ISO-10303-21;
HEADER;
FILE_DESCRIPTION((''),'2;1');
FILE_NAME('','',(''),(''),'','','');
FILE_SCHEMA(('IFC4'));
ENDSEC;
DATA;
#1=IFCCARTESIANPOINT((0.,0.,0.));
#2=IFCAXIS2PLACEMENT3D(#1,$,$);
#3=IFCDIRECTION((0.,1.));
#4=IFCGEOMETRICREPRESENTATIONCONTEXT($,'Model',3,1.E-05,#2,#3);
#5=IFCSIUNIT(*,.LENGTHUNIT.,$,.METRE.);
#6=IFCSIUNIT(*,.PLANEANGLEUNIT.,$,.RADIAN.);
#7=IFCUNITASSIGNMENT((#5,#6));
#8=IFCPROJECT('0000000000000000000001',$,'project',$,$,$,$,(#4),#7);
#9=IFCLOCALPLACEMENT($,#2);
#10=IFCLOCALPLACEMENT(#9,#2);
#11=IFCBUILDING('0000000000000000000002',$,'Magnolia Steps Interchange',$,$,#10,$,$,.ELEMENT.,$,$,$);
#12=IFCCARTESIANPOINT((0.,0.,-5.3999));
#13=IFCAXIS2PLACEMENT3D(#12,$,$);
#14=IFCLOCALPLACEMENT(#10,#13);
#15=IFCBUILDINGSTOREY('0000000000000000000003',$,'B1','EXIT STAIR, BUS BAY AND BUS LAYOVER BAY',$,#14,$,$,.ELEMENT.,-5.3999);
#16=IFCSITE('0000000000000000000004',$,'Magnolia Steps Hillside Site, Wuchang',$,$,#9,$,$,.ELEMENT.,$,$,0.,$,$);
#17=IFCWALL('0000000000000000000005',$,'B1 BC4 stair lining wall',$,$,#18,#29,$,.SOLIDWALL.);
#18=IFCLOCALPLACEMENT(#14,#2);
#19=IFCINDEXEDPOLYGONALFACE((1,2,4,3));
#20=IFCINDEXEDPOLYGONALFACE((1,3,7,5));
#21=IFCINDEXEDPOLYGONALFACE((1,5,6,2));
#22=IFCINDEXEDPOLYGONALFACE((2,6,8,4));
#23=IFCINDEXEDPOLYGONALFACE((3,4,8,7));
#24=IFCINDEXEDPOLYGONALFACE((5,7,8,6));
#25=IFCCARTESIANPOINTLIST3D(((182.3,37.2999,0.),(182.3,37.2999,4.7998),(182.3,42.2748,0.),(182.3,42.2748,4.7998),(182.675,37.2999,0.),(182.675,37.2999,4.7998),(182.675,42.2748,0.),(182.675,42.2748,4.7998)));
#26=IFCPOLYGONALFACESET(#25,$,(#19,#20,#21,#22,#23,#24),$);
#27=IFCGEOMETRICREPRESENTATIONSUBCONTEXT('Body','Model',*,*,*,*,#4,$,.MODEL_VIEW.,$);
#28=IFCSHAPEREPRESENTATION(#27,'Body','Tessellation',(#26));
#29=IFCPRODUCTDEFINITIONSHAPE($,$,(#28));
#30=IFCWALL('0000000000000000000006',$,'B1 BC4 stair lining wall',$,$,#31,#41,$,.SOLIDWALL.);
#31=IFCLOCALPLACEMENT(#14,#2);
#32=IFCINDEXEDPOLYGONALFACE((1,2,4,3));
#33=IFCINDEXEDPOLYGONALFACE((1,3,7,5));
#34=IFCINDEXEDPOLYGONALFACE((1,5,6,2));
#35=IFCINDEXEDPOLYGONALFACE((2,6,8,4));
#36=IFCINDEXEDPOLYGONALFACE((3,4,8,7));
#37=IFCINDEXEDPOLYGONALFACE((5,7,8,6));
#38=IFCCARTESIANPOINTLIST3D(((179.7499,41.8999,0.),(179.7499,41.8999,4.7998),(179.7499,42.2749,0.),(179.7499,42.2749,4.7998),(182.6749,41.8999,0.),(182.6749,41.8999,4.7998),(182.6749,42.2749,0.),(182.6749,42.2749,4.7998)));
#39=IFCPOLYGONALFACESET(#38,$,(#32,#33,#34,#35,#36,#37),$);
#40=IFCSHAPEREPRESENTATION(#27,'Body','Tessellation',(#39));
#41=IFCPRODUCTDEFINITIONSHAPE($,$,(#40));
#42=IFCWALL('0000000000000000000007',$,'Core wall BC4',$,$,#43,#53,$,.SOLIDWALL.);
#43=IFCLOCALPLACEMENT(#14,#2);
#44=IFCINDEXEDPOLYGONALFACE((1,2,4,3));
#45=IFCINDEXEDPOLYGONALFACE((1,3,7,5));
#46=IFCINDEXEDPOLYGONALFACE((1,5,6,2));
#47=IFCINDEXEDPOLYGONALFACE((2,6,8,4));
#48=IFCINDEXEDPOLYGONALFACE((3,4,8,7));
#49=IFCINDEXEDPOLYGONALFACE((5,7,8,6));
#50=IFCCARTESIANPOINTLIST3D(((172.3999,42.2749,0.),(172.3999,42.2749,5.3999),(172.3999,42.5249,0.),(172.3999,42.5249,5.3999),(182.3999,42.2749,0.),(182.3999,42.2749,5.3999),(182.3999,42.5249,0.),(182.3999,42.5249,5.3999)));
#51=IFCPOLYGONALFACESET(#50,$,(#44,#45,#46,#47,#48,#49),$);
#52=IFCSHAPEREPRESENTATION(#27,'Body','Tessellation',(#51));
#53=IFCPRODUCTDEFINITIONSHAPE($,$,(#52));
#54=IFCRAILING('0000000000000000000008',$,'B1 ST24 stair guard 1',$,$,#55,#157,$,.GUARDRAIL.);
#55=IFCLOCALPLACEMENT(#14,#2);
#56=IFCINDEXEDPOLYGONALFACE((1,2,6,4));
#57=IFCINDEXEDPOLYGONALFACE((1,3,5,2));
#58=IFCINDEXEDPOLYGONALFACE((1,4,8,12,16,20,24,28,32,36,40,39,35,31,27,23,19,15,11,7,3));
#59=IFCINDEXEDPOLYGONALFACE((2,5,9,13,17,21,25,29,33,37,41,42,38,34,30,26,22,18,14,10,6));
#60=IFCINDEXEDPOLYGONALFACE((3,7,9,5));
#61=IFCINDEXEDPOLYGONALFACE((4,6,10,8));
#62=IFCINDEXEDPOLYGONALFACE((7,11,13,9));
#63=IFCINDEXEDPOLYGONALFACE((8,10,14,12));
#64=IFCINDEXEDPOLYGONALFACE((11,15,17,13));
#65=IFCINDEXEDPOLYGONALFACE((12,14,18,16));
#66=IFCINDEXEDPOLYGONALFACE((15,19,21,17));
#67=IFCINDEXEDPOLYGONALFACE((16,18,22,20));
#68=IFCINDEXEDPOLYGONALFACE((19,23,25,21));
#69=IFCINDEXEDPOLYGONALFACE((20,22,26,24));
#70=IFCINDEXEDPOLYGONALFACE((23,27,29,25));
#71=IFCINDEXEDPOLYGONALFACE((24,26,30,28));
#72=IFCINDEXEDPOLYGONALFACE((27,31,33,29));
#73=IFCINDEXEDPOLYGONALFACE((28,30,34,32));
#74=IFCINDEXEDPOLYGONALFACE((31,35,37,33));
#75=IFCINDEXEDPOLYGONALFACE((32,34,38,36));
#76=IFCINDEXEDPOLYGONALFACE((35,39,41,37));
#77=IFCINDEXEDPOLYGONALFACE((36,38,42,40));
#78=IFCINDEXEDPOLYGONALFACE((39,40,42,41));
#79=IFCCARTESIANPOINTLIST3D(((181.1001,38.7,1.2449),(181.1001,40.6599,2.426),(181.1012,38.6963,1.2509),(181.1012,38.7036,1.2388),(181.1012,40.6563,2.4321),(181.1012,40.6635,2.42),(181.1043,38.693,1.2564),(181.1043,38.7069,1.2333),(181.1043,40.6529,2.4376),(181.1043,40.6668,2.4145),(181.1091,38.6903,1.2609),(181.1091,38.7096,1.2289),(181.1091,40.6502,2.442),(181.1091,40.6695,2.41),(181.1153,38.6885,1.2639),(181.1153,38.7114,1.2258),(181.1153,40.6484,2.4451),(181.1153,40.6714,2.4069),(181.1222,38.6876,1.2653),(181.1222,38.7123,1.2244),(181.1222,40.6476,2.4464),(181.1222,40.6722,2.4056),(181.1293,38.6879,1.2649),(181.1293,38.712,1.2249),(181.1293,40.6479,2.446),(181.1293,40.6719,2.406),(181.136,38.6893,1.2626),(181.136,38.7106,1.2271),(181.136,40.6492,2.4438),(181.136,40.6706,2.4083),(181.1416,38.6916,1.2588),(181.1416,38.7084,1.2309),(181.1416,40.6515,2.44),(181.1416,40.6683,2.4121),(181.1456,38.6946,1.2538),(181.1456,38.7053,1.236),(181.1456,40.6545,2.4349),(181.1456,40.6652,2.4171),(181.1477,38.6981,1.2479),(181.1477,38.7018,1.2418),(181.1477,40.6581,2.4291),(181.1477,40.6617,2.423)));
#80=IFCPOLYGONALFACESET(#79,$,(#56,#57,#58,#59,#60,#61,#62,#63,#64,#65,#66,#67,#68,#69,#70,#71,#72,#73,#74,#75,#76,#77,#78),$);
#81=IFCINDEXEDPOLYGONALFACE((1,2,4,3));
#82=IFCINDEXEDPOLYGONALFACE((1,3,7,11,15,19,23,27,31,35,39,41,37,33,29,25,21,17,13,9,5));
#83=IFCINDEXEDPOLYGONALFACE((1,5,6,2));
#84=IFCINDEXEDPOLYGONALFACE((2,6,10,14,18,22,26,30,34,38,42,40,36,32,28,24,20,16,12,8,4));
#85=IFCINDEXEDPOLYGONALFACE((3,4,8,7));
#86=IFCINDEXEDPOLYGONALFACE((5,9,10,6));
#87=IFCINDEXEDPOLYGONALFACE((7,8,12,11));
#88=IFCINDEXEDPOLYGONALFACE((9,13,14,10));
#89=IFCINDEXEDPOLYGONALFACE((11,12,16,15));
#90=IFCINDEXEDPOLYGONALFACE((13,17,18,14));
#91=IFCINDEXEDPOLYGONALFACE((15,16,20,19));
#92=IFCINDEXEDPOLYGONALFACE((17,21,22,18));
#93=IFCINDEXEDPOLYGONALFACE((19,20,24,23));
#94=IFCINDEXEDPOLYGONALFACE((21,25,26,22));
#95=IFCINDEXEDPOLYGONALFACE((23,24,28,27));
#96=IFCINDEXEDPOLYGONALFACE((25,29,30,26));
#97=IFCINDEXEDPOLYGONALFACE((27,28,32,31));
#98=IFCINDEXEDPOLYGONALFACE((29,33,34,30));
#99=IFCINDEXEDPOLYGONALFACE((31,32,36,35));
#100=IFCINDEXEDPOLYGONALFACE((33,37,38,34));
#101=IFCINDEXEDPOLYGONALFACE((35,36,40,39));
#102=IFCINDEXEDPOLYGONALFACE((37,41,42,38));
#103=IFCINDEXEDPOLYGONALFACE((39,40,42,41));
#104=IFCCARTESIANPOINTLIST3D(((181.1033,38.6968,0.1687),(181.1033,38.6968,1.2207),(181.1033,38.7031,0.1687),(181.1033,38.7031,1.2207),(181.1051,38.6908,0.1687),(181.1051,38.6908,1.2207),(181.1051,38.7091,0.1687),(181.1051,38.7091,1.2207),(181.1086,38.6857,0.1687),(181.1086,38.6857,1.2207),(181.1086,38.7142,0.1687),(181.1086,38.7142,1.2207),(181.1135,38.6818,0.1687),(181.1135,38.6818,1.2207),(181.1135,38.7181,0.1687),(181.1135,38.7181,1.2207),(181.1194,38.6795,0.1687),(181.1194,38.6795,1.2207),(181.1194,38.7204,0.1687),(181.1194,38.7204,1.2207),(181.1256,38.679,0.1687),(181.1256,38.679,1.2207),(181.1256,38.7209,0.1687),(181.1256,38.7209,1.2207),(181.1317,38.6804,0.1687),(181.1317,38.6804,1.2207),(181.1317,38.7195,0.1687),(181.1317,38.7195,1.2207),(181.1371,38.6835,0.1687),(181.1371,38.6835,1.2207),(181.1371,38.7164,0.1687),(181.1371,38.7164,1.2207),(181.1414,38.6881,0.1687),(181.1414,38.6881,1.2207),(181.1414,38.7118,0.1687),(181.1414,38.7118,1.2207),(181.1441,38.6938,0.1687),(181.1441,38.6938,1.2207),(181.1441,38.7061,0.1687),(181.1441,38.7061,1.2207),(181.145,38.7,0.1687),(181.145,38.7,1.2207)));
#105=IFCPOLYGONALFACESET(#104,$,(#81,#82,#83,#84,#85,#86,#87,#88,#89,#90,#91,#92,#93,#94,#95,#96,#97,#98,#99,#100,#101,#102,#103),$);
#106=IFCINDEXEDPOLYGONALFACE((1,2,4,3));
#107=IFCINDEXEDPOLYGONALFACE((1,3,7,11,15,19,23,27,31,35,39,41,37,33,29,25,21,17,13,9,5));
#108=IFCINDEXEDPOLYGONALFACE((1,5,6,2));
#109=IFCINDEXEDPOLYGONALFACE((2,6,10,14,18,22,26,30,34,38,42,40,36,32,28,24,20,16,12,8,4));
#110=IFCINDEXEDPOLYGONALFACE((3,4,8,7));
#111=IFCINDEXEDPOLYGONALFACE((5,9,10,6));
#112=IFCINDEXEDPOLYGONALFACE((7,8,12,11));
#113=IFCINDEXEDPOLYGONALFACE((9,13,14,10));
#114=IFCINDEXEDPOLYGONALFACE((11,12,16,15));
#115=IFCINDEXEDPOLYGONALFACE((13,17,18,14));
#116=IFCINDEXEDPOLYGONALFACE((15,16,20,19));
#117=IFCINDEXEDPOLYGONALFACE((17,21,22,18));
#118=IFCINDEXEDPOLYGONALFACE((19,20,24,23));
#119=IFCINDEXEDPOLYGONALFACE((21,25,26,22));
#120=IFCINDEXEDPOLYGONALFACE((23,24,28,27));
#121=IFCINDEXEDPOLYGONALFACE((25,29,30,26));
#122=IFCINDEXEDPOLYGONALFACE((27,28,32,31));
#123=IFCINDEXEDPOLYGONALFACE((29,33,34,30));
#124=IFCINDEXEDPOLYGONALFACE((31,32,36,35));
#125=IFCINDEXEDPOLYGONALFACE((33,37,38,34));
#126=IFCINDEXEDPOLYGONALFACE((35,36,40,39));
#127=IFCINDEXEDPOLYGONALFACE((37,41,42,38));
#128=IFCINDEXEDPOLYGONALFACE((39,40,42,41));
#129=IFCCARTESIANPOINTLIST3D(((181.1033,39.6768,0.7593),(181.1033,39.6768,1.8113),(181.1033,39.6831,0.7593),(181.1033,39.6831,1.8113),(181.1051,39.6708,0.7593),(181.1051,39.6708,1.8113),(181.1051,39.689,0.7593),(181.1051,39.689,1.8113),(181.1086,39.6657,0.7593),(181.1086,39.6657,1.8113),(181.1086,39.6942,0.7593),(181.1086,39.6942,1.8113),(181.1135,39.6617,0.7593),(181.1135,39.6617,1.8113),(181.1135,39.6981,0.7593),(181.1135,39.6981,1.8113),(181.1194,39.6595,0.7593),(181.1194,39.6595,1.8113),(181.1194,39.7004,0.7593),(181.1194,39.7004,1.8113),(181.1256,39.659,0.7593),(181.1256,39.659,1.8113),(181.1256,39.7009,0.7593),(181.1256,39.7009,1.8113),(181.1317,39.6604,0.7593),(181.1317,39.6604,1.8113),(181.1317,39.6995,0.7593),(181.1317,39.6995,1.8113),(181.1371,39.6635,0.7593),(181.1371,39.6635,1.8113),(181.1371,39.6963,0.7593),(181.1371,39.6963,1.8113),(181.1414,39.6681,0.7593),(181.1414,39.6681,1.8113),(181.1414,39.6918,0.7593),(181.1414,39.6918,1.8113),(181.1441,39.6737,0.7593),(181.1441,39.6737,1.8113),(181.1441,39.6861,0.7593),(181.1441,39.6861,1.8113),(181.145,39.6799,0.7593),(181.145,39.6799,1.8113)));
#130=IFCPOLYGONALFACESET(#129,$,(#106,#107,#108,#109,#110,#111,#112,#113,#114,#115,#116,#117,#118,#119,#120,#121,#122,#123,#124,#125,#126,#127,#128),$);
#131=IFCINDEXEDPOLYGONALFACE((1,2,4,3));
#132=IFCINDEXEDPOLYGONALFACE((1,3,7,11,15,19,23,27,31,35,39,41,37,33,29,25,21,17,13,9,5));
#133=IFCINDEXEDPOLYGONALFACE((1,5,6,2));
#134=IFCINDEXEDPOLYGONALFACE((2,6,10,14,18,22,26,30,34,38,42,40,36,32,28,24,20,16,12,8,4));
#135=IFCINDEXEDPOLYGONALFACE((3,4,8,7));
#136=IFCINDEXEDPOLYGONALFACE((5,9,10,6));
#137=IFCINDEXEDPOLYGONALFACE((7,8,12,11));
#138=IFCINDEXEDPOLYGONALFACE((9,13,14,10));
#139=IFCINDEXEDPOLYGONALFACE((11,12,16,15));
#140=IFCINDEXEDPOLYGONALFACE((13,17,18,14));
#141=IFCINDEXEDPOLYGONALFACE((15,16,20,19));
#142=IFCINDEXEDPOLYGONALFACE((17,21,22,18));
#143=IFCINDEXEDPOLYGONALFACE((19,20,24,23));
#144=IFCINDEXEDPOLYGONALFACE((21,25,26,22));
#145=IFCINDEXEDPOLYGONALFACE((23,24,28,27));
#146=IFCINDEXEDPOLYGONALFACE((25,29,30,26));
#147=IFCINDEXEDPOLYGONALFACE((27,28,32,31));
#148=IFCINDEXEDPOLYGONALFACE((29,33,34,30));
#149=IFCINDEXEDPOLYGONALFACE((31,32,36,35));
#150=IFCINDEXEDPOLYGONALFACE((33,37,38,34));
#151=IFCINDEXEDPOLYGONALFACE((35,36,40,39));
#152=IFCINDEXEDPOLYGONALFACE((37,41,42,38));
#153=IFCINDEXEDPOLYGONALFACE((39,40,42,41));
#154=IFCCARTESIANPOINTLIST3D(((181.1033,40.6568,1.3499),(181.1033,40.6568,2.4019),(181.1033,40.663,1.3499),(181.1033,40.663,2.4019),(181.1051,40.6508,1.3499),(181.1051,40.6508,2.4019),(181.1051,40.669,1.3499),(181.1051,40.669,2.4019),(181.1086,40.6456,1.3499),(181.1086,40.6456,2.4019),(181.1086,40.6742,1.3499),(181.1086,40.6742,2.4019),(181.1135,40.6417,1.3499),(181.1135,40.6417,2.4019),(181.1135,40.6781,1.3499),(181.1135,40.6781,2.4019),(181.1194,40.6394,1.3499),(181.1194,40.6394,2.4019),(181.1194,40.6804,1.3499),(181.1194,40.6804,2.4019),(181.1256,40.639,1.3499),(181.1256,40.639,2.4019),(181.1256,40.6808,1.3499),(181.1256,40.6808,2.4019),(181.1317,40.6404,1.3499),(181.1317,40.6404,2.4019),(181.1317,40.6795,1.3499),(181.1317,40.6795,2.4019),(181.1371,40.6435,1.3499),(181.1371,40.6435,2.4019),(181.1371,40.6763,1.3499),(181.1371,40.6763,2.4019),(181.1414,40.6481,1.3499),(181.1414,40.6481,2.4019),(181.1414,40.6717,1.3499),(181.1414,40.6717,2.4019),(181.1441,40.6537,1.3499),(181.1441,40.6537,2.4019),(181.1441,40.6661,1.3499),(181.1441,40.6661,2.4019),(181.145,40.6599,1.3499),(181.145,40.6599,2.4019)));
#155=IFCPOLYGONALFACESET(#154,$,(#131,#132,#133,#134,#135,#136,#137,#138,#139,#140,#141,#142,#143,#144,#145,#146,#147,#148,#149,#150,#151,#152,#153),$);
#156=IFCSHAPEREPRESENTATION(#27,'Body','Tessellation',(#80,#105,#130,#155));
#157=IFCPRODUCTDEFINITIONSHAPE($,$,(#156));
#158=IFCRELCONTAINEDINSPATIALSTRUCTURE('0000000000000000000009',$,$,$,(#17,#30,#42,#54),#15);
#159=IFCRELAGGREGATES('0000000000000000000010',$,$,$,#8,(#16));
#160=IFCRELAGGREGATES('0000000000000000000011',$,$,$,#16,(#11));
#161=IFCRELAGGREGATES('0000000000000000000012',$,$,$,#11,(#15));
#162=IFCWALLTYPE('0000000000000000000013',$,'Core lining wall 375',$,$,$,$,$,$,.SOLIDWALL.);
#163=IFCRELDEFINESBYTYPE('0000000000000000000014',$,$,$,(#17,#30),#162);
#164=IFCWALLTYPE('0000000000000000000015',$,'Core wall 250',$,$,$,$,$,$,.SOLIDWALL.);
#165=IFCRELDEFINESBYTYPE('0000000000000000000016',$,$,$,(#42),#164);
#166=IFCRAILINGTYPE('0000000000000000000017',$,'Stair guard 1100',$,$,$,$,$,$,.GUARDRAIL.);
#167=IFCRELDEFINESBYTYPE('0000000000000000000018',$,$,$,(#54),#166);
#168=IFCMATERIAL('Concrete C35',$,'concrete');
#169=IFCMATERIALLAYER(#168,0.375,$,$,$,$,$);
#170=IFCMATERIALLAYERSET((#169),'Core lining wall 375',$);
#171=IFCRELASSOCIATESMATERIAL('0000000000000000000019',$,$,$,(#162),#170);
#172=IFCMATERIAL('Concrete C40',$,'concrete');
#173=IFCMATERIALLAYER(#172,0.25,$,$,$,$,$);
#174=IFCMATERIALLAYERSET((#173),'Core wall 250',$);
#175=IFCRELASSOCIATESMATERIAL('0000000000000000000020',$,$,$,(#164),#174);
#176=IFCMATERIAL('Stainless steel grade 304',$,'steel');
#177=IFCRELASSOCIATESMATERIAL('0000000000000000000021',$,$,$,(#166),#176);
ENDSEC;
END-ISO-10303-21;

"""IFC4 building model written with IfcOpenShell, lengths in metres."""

from ifc_helpers import new_model, si_unit, direction, frame, frame_2d, origin, origin_2d, place, context, subcontext, project, spatial, rectangle, circle, extrude, material, layer, layer_set, type_object, element, save


model = new_model("IFC4")

# Units and contexts
model_context = context("Model", 3, precision=1e-05, world=origin(), true_north=direction((0.0, 1.0)))
body_context = subcontext(model_context, "Body", "Model", "MODEL_VIEW")
ifc_project = project(units=[si_unit("LENGTHUNIT", "METRE"), si_unit("PLANEANGLEUNIT", "RADIAN")], contexts=[model_context])

# Site, building, storey
site_placement = place(None, origin())
site = spatial("IfcSite", under=ifc_project, at=site_placement, Name="Magnolia Steps Hillside Site, Wuchang", CompositionType="ELEMENT", RefElevation=0.0)
building_placement = place(site_placement, origin())
building = spatial("IfcBuilding", under=site, at=building_placement, Name="Magnolia Steps Interchange", CompositionType="ELEMENT")
storey_placement = place(building_placement, frame((0.0, 0.0, -5.3999)))
storey = spatial("IfcBuildingStorey", under=building, at=storey_placement, Name="B1", Description="EXIT STAIR, BUS BAY AND BUS LAYOVER BAY", CompositionType="ELEMENT", Elevation=-5.3999)

# Walls
ifc_material_1 = material(Name="Concrete C35", Category="concrete")
ifc_layer_1 = layer(ifc_material_1, 0.375)
ifc_layer_set_1 = layer_set([ifc_layer_1], Name="Core lining wall 375")
wall_type_1 = type_object("IfcWallType", Name="Core lining wall 375", PredefinedType="SOLIDWALL", material=ifc_layer_set_1)
wall_1_placement = place(storey_placement, frame((182.4875, 37.3, 0.0), z_axis=(0.0, 0.0, 1.0), x_axis=(0.0, 1.0, 0.0)))
element("IfcWall", 1, at=wall_1_placement, inside=storey, type_object=wall_type_1, Name="B1 BC4 stair lining wall", PredefinedType="SOLIDWALL", context=body_context, shape_type="SweptSolid", body=[
    extrude(rectangle(XDim=4.9749, YDim=0.375, at=frame_2d((2.4873, 0.0))), origin(), (0.0, 0.0, 1.0), 4.7998),
])
wall_2_placement = place(storey_placement, frame((179.75, 42.0874, 0.0), z_axis=(0.0, 0.0, 1.0), x_axis=(1.0, 0.0, 0.0)))
element("IfcWall", 2, at=wall_2_placement, inside=storey, type_object=wall_type_1, Name="B1 BC4 stair lining wall", PredefinedType="SOLIDWALL", context=body_context, shape_type="SweptSolid", body=[
    extrude(rectangle(XDim=2.925, YDim=0.375, at=frame_2d((1.4624, 0.0))), origin(), (0.0, 0.0, 1.0), 4.7998),
])
ifc_material_2 = material(Name="Concrete C40", Category="concrete")
ifc_layer_2 = layer(ifc_material_2, 0.25)
ifc_layer_set_2 = layer_set([ifc_layer_2], Name="Core wall 250")
wall_type_2 = type_object("IfcWallType", Name="Core wall 250", PredefinedType="SOLIDWALL", material=ifc_layer_set_2)
wall_3_placement = place(storey_placement, frame((182.3999, 42.3999, 0.0), z_axis=(0.0, 0.0, 1.0), x_axis=(-1.0, 0.0, 0.0)))
element("IfcWall", 3, at=wall_3_placement, inside=storey, type_object=wall_type_2, Name="Core wall BC4", PredefinedType="SOLIDWALL", context=body_context, shape_type="SweptSolid", body=[
    extrude(rectangle(XDim=10.0, YDim=0.25, at=frame_2d((5.0, 0.0))), origin(), (0.0, 0.0, 1.0), 5.3999),
])

# Railing
ifc_material_3 = material(Name="Stainless steel grade 304", Category="steel")
railing_type_1 = type_object("IfcRailingType", Name="Stair guard 1100", PredefinedType="GUARDRAIL", material=ifc_material_3)
railing_1_placement = place(storey_placement, frame((181.124, 38.7, 0.1687)))
element("IfcRailing", 4, at=railing_1_placement, inside=storey, type_object=railing_type_1, Name="B1 ST24 stair guard 1", PredefinedType="GUARDRAIL", context=body_context, shape_type="SweptSolid", body=[
    extrude(circle(Radius=0.0239, at=origin_2d()), frame((0.0, 0.0, 1.0762), z_axis=(0.0, 0.856493, 0.516158), x_axis=(-1.0, 0.0, 0.0)), (0.0, 0.0, 1.0), 2.2883),
    extrude(circle(Radius=0.021, at=origin_2d()), origin(), (0.0, 0.0, 1.0), 1.052),
    extrude(circle(Radius=0.021, at=origin_2d()), frame((0.0, 0.98, 0.5906)), (0.0, 0.0, 1.0), 1.052),
    extrude(circle(Radius=0.021, at=origin_2d()), frame((0.0, 1.96, 1.1812)), (0.0, 0.0, 1.0), 1.052),
])

save(model, "model.ifc")
